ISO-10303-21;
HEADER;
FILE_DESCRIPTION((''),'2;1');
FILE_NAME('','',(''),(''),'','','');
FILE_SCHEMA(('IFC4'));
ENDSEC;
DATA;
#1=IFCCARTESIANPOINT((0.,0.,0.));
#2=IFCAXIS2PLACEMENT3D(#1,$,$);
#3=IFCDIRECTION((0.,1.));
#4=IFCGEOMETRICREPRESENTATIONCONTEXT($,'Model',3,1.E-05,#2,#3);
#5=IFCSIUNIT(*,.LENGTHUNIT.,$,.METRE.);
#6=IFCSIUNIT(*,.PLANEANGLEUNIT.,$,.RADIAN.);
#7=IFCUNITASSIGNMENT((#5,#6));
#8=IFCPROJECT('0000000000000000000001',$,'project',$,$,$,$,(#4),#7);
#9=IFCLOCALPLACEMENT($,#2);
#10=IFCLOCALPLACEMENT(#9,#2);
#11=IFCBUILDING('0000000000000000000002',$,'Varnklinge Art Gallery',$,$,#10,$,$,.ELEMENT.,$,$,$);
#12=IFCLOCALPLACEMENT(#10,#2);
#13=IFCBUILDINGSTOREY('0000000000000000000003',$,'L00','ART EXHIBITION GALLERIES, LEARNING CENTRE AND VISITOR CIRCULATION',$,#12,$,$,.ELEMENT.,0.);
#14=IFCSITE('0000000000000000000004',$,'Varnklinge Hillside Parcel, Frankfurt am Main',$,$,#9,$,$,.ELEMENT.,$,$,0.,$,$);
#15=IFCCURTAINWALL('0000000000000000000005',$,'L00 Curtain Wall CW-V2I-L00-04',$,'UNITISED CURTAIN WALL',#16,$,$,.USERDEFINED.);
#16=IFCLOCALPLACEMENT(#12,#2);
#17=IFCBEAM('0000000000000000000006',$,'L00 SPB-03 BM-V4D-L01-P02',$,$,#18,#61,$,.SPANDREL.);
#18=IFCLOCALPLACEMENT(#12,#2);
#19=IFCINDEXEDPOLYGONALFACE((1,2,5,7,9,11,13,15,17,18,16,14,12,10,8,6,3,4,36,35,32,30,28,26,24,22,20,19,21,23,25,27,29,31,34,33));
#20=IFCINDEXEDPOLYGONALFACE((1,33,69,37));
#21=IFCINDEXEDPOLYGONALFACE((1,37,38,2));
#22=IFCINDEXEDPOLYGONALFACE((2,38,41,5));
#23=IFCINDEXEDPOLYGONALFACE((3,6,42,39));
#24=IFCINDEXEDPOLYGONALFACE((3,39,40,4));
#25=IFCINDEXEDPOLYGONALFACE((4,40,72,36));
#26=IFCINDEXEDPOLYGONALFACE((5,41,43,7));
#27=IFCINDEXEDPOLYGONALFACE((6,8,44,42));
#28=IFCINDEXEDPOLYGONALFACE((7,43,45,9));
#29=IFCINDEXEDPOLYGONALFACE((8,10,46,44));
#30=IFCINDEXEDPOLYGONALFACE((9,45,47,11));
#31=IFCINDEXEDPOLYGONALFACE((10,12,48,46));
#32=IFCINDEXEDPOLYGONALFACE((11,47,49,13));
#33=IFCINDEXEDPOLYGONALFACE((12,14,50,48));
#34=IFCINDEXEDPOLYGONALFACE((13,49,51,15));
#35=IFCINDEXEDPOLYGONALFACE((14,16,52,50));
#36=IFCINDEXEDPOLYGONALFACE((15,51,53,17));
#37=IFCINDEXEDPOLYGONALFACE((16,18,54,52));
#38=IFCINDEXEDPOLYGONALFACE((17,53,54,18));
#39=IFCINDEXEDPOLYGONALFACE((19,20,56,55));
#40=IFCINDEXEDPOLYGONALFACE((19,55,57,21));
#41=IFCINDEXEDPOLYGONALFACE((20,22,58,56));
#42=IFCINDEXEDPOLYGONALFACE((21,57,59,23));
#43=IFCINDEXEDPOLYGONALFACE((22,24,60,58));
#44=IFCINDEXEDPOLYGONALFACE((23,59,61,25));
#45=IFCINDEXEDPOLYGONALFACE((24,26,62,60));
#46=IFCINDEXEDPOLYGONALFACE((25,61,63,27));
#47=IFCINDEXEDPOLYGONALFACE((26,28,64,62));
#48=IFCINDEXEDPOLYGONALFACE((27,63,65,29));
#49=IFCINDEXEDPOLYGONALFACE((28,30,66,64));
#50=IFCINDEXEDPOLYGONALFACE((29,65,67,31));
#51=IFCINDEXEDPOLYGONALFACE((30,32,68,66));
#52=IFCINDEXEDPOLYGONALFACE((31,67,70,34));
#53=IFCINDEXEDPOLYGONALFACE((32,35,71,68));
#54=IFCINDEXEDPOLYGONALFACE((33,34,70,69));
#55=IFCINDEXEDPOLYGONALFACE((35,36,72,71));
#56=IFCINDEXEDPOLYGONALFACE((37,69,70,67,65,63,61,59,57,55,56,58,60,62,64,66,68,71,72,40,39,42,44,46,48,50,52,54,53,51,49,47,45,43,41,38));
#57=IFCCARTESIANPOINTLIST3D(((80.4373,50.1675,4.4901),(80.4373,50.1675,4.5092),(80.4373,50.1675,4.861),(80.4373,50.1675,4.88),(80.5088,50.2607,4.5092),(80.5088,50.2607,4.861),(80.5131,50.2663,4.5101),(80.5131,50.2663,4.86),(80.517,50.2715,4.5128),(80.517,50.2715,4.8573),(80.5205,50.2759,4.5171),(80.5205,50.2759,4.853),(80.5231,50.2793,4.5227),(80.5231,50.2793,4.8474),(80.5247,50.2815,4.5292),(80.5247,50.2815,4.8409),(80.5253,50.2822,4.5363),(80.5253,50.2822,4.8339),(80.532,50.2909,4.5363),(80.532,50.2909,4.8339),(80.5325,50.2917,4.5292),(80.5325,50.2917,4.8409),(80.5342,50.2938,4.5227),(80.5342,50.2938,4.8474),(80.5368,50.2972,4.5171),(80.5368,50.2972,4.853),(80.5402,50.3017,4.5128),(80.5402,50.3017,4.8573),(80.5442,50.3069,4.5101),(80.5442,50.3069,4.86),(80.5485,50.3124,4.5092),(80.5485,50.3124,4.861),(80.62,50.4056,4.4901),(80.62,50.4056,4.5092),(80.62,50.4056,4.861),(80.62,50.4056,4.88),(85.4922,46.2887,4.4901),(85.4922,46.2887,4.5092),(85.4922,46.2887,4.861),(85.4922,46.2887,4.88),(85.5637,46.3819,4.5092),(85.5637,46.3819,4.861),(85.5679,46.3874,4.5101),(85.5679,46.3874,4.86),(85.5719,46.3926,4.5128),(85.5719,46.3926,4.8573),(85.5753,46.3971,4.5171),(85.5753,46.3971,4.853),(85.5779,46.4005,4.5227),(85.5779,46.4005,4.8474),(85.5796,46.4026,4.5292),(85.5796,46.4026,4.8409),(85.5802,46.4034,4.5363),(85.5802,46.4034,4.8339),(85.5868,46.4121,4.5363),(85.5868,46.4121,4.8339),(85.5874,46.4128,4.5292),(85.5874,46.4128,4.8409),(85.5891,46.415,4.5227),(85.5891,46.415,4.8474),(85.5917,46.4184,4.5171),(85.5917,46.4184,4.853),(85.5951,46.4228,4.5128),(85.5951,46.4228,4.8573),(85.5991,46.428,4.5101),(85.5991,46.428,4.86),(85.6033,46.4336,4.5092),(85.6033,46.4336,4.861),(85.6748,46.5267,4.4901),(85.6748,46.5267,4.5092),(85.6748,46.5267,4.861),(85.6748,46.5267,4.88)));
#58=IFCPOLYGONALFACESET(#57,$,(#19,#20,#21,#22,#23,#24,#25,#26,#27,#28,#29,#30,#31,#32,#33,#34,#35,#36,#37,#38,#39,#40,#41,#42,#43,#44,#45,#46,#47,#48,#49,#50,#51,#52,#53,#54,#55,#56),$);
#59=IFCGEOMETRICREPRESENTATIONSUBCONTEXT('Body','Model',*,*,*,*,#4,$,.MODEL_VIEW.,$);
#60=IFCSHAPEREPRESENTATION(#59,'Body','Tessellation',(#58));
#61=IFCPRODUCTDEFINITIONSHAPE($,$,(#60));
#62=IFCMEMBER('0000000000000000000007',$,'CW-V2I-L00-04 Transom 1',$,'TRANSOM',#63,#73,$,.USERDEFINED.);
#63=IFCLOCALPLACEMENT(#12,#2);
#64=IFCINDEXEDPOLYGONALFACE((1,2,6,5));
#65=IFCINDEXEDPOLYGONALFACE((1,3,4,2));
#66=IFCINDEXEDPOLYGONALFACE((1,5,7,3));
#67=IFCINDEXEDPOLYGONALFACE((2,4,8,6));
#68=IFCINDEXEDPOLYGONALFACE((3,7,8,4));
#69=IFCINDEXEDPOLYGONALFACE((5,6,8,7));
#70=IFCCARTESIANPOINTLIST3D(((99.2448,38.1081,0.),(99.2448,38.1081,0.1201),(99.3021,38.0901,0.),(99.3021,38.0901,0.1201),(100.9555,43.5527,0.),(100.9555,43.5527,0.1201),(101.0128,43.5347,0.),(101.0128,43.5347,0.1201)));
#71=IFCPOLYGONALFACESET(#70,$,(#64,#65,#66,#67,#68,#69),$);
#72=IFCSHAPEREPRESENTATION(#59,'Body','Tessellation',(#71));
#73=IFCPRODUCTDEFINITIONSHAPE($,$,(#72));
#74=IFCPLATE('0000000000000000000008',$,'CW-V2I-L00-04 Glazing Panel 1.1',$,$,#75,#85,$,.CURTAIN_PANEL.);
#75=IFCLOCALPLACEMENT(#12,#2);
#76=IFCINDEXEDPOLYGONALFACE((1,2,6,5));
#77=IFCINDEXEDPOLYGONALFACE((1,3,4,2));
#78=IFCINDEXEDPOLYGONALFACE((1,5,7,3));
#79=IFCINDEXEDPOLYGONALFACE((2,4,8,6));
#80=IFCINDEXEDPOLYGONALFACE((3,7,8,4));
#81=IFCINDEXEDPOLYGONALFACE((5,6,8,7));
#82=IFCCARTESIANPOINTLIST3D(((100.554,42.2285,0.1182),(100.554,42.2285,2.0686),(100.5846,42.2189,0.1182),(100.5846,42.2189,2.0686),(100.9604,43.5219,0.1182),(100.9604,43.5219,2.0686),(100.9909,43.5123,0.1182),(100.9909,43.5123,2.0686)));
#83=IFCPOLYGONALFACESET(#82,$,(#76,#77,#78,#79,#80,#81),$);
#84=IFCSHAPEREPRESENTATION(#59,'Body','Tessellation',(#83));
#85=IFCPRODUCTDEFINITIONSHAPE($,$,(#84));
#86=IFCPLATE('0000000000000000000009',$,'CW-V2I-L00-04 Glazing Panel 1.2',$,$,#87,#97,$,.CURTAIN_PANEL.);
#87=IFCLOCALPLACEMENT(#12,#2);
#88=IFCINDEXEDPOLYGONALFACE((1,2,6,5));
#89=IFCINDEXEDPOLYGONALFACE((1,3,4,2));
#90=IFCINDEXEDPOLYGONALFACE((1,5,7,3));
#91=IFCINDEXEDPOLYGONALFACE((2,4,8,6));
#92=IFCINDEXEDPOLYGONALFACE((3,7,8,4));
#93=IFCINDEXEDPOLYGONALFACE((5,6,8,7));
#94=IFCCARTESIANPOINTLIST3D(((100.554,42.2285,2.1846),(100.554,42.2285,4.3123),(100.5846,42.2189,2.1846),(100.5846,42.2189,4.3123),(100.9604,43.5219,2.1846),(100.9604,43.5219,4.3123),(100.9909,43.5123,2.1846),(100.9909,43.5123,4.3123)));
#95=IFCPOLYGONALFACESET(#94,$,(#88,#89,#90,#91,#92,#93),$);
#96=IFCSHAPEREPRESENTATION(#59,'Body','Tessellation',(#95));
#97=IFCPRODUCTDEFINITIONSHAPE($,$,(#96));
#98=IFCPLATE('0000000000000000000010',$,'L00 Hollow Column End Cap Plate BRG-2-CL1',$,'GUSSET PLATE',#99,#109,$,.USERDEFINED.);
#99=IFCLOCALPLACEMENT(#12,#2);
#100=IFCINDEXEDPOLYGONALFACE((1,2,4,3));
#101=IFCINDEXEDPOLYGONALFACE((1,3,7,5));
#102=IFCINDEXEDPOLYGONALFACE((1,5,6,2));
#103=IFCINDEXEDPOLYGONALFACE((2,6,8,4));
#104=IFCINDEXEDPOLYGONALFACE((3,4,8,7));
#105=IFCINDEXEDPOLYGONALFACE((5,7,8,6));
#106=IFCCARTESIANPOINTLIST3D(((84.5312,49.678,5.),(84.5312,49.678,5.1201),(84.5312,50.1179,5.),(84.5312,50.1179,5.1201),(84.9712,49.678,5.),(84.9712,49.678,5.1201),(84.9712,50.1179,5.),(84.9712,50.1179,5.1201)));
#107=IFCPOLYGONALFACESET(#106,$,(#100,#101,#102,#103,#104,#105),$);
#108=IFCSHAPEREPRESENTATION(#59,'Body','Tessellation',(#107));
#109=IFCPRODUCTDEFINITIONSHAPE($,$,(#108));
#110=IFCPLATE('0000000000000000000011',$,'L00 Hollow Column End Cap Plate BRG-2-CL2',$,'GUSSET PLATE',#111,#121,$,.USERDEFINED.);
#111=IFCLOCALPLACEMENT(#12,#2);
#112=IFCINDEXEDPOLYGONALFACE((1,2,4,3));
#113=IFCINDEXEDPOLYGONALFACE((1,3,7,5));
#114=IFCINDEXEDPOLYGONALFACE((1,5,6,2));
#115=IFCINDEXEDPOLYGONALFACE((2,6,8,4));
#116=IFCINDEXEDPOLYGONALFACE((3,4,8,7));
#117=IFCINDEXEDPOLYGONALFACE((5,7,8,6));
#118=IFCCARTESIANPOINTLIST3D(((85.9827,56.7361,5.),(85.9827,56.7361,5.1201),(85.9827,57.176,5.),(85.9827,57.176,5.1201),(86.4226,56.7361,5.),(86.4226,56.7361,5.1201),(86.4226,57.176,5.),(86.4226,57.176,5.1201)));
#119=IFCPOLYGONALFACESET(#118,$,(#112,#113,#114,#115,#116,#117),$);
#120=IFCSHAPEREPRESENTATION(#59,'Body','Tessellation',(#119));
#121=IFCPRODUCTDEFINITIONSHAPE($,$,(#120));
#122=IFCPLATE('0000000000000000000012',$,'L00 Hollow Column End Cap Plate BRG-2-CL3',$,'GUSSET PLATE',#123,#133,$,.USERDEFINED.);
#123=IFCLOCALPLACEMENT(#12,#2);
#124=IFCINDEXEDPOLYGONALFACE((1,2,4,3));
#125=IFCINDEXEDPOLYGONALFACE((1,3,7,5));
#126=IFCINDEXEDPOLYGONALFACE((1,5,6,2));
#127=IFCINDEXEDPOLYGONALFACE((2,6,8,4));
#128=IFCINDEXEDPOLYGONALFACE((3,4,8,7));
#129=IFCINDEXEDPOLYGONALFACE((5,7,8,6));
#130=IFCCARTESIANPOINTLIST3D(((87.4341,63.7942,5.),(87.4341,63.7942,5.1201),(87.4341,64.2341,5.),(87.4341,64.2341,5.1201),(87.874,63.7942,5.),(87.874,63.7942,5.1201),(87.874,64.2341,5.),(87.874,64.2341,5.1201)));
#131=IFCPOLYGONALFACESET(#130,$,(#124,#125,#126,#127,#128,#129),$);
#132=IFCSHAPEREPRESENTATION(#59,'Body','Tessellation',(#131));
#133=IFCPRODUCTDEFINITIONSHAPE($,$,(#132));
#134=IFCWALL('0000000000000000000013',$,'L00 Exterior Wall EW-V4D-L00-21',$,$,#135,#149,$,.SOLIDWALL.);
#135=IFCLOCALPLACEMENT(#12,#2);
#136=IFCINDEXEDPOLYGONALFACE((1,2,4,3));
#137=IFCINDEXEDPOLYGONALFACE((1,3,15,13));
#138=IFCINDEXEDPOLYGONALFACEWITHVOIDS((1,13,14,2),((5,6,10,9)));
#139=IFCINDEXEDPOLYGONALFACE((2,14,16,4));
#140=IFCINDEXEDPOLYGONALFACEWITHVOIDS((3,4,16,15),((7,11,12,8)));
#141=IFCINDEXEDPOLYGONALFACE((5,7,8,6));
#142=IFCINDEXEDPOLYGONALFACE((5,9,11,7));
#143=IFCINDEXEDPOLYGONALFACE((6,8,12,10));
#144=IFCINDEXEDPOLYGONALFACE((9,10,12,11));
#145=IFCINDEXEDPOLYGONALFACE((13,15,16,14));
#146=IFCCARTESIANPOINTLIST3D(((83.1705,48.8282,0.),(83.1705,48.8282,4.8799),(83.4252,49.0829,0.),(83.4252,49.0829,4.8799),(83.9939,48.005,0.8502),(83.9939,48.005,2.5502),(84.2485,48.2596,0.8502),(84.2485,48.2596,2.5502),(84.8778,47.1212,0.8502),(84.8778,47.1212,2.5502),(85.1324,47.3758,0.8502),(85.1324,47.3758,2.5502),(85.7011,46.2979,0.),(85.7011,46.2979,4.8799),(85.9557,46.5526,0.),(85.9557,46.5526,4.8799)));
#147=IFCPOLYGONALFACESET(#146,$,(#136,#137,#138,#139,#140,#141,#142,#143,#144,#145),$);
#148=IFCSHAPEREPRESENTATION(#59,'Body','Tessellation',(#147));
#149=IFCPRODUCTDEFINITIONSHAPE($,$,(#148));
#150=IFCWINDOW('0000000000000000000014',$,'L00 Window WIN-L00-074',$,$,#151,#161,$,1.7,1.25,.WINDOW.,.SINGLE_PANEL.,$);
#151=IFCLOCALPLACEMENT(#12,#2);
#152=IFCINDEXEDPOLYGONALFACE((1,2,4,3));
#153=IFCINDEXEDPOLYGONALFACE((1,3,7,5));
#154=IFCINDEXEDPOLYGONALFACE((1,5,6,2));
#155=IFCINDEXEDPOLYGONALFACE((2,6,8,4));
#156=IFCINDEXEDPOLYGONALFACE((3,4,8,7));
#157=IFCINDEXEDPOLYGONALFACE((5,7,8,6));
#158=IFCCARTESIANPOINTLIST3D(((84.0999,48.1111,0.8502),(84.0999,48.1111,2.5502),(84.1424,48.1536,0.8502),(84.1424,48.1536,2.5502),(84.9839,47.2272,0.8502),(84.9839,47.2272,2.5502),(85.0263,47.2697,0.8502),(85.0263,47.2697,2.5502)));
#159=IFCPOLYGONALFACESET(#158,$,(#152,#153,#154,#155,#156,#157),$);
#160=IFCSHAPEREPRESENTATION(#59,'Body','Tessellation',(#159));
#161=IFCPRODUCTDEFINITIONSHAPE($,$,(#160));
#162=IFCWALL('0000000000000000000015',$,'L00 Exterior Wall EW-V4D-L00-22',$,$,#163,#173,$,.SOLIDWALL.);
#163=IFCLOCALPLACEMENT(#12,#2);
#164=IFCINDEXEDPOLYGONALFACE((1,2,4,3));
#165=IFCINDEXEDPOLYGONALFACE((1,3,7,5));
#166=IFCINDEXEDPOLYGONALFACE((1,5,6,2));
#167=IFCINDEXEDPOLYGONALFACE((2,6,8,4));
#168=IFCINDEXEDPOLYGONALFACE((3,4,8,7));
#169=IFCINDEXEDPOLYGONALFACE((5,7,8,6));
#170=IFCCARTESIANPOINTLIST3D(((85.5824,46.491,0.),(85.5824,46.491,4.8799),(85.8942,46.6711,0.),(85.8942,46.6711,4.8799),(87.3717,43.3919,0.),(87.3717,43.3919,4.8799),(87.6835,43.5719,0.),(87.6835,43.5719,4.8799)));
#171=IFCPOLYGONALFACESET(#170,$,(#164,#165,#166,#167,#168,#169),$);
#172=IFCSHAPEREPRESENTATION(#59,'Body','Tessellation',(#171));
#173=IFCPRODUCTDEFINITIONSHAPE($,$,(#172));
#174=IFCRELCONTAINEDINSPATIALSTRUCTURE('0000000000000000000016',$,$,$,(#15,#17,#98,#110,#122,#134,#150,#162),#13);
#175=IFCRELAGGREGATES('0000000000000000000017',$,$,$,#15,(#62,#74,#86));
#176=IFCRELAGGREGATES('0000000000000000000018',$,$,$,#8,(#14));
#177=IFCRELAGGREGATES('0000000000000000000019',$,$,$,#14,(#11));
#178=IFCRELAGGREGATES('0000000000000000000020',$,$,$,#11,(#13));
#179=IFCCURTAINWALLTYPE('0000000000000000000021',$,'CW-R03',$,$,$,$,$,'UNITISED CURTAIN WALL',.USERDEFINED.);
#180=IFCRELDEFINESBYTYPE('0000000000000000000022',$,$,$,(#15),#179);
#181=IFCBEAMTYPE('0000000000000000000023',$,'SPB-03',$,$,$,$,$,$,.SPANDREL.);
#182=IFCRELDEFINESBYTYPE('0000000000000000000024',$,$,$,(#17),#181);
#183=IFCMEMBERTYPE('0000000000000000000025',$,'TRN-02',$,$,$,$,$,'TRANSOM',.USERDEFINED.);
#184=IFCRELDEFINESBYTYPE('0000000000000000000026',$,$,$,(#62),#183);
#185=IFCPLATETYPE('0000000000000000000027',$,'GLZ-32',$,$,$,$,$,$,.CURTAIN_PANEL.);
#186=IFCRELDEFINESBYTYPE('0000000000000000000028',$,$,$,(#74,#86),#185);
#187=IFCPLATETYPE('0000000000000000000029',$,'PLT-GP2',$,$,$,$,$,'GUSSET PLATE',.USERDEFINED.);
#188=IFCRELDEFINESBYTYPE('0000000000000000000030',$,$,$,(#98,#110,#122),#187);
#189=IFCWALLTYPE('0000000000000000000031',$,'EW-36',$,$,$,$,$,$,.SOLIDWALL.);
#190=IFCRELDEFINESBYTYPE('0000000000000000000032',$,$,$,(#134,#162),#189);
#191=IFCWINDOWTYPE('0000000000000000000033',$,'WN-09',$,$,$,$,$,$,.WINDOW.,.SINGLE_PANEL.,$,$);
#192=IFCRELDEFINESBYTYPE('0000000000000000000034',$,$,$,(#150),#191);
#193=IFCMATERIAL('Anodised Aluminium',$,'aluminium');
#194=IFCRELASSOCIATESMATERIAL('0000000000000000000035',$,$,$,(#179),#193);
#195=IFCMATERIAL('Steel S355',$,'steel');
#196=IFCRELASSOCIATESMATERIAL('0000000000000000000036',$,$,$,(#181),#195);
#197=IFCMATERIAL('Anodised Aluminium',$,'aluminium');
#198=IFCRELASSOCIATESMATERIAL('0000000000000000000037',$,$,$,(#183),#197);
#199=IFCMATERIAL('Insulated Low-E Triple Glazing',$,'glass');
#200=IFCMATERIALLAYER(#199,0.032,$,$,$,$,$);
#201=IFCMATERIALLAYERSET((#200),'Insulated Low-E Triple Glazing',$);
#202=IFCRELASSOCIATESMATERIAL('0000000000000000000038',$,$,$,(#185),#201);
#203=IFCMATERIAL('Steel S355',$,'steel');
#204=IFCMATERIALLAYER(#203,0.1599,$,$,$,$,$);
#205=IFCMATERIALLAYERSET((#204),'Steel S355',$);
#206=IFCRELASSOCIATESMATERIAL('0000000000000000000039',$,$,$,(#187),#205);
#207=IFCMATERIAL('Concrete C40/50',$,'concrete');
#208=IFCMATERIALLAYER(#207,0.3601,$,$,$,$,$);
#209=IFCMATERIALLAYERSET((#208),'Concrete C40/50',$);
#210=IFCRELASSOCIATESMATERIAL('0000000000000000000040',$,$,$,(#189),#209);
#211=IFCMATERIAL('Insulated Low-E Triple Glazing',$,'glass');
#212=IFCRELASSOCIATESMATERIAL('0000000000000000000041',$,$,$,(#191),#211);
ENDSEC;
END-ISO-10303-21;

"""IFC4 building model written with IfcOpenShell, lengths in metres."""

from ifc_helpers import new_model, si_unit, direction, frame, frame_2d, origin, origin_2d, place, context, subcontext, project, spatial, rectangle, i_section, extrude, material, layer, layer_set, material_profile, profile_set, type_object, element, fill, aggregate, save


model = new_model("IFC4")

# Units and contexts
model_context = context("Model", 3, precision=1e-05, world=origin(), true_north=direction((0.0, 1.0)))
body_context = subcontext(model_context, "Body", "Model", "MODEL_VIEW")
ifc_project = project(units=[si_unit("LENGTHUNIT", "METRE"), si_unit("PLANEANGLEUNIT", "RADIAN")], contexts=[model_context])

# Site, building, storey
site_placement = place(None, origin())
site = spatial("IfcSite", under=ifc_project, at=site_placement, Name="Varnklinge Hillside Parcel, Frankfurt am Main", CompositionType="ELEMENT", RefElevation=0.0)
building_placement = place(site_placement, origin())
building = spatial("IfcBuilding", under=site, at=building_placement, Name="Varnklinge Art Gallery", CompositionType="ELEMENT")
storey_placement = place(building_placement, origin())
storey = spatial("IfcBuildingStorey", under=building, at=storey_placement, Name="L00", Description="ART EXHIBITION GALLERIES, LEARNING CENTRE AND VISITOR CIRCULATION", CompositionType="ELEMENT", Elevation=0.0)

# Curtain wall
ifc_material_1 = material(Name="Anodised Aluminium", Category="aluminium")
curtain_wall_type = type_object("IfcCurtainWallType", Name="CW-R03", ElementType="UNITISED CURTAIN WALL", PredefinedType="USERDEFINED", material=ifc_material_1)
curtain_wall_placement = place(storey_placement, origin())
curtain_wall = element("IfcCurtainWall", 1, at=curtain_wall_placement, inside=storey, type_object=curtain_wall_type, Name="L00 Curtain Wall CW-V2I-L00-04", ObjectType="UNITISED CURTAIN WALL", PredefinedType="USERDEFINED")

# Beam
ifc_material_2 = material(Name="Steel S355", Category="steel")
ifc_material_profile_1 = material_profile(ifc_material_2, i_section(OverallWidth=0.3, OverallDepth=0.3899, WebThickness=0.011, FlangeThickness=0.019, FilletRadius=0.0271, at=origin_2d()), Name="HEA 400")
ifc_profile_set_1 = profile_set([ifc_material_profile_1], Name="Steel S355")
beam_type_1 = type_object("IfcBeamType", Name="SPB-03", PredefinedType="SPANDREL", material=ifc_profile_set_1)
beam_1_placement = place(storey_placement, frame((85.5835, 46.4077, 4.6851), z_axis=(-0.793344, 0.608773, 0.0), x_axis=(-0.608773, -0.793344, 0.0)))
element("IfcBeam", 2, at=beam_1_placement, inside=storey, type_object=beam_type_1, Name="L00 SPB-03 BM-V4D-L01-P02", PredefinedType="SPANDREL", context=body_context, shape_type="SweptSolid", body=[
    extrude(i_section(OverallWidth=0.3, OverallDepth=0.3899, WebThickness=0.011, FlangeThickness=0.019, FilletRadius=0.0271, at=origin_2d()), origin(), (0.0, 0.0, 1.0), 6.3716),
])

# Member
ifc_material_3 = material(Name="Anodised Aluminium", Category="aluminium")
ifc_material_profile_2 = material_profile(ifc_material_3, rectangle(XDim=0.0601, YDim=0.1201, at=origin_2d()), Name="ALU 60x120")
ifc_profile_set_2 = profile_set([ifc_material_profile_2], Name="Anodised Aluminium")
member_type_1 = type_object("IfcMemberType", Name="TRN-02", ElementType="TRANSOM", PredefinedType="USERDEFINED", material=ifc_profile_set_2)
member_1_placement = place(storey_placement, frame((100.9841, 43.5437, 0.0601), z_axis=(-0.299753, -0.954017, 0.0), x_axis=(0.954017, -0.299753, 0.0)))
member_1 = element("IfcMember", 3, at=member_1_placement, type_object=member_type_1, Name="CW-V2I-L00-04 Transom 1", ObjectType="TRANSOM", PredefinedType="USERDEFINED", context=body_context, shape_type="SweptSolid", body=[
    extrude(rectangle(XDim=0.0601, YDim=0.1201, at=origin_2d()), origin(), (0.0, 0.0, 1.0), 5.707),
])

# Plates
ifc_material_4 = material(Name="Insulated Low-E Triple Glazing", Category="glass")
ifc_layer_1 = layer(ifc_material_4, 0.032)
ifc_layer_set_1 = layer_set([ifc_layer_1], Name="Insulated Low-E Triple Glazing")
plate_type_1 = type_object("IfcPlateType", Name="GLZ-32", PredefinedType="CURTAIN_PANEL", material=ifc_layer_set_1)
plate_1_placement = place(storey_placement, frame((100.7725, 42.8704, 0.1182), z_axis=(0.0, 0.0, 1.0), x_axis=(-0.299707, -0.954031, 0.0)))
plate_1 = element("IfcPlate", 4, at=plate_1_placement, type_object=plate_type_1, Name="CW-V2I-L00-04 Glazing Panel 1.1", PredefinedType="CURTAIN_PANEL", context=body_context, shape_type="SweptSolid", body=[
    extrude(rectangle(XDim=1.3557, YDim=0.032, at=origin_2d()), origin(), (0.0, 0.0, 1.0), 1.9504),
])
plate_2_placement = place(storey_placement, frame((100.7725, 42.8704, 2.1846), z_axis=(0.0, 0.0, 1.0), x_axis=(-0.299707, -0.954031, 0.0)))
plate_2 = element("IfcPlate", 5, at=plate_2_placement, type_object=plate_type_1, Name="CW-V2I-L00-04 Glazing Panel 1.2", PredefinedType="CURTAIN_PANEL", context=body_context, shape_type="SweptSolid", body=[
    extrude(rectangle(XDim=1.3557, YDim=0.032, at=origin_2d()), origin(), (0.0, 0.0, 1.0), 2.1277),
])
aggregate(curtain_wall, [member_1, plate_1, plate_2])

# Plates
ifc_material_5 = material(Name="Steel S355", Category="steel")
ifc_layer_2 = layer(ifc_material_5, 0.1599)
ifc_layer_set_2 = layer_set([ifc_layer_2], Name="Steel S355")
plate_type_2 = type_object("IfcPlateType", Name="PLT-GP2", ElementType="GUSSET PLATE", PredefinedType="USERDEFINED", material=ifc_layer_set_2)
for number, where, z_axis, x_axis, name in (
    (6, (84.7512, 49.8979, 5.0), (0.0, 0.0, 1.0), (1.0, 0.0, 0.0), "L00 Hollow Column End Cap Plate BRG-2-CL1"),
    (7, (86.2026, 56.9561, 5.0), (0.0, 0.0, 1.0), (1.0, 0.0, 0.0), "L00 Hollow Column End Cap Plate BRG-2-CL2"),
    (8, (87.6541, 64.0142, 5.0), (0.0, 0.0, 1.0), (1.0, 0.0, 0.0), "L00 Hollow Column End Cap Plate BRG-2-CL3"),
):
    element("IfcPlate", number, at=place(storey_placement, frame(where, z_axis=z_axis, x_axis=x_axis)), inside=storey, type_object=plate_type_2, Name=name, ObjectType="GUSSET PLATE", PredefinedType="USERDEFINED", context=body_context, shape_type="SweptSolid", body=[
        extrude(rectangle(XDim=0.4399, YDim=0.4399, at=origin_2d()), origin(), (0.0, 0.0, 1.0), 0.1201),
    ])

# Wall, opening, window
ifc_material_6 = material(Name="Concrete C40/50", Category="concrete")
ifc_layer_3 = layer(ifc_material_6, 0.3601)
ifc_layer_set_3 = layer_set([ifc_layer_3], Name="Concrete C40/50")
wall_type = type_object("IfcWallType", Name="EW-36", PredefinedType="SOLIDWALL", material=ifc_layer_set_3)
wall_1_placement = place(storey_placement, frame((83.2979, 48.9556, 0.0), z_axis=(0.0, 0.0, 1.0), x_axis=(0.707141, -0.707073, 0.0)))
wall_1 = element("IfcWall", 9, at=wall_1_placement, inside=storey, type_object=wall_type, Name="L00 Exterior Wall EW-V4D-L00-21", PredefinedType="SOLIDWALL", context=body_context, shape_type="SweptSolid", body=[
    extrude(rectangle(XDim=3.5786, YDim=0.3601, at=frame_2d((1.7893, 0.0))), origin(), (0.0, 0.0, 1.0), 4.8799),
])
opening_1_placement = place(wall_1_placement, frame((1.1643, 0.0, 0.8501)))
opening_1 = element("IfcOpeningElement", 10, at=opening_1_placement, cuts=wall_1, PredefinedType="OPENING", context=body_context, shape_type="SweptSolid", body=[
    extrude(rectangle(XDim=1.25, YDim=1.7, at=frame_2d((0.625, 0.8501))), frame((0.0, 0.1902, 0.0), z_axis=(0.0, -1.0, 0.0), x_axis=(1.0, 0.0, 0.0)), (0.0, 0.0, 1.0), 0.3801),
])
ifc_material_7 = material(Name="Insulated Low-E Triple Glazing", Category="glass")
window_type = type_object("IfcWindowType", Name="WN-09", PartitioningType="SINGLE_PANEL", PredefinedType="WINDOW", material=ifc_material_7)
window_1_placement = place(opening_1_placement, origin())
window_1 = element("IfcWindow", 11, at=window_1_placement, inside=storey, type_object=window_type, Name="L00 Window WIN-L00-074", OverallHeight=1.7, OverallWidth=1.25, PartitioningType="SINGLE_PANEL", PredefinedType="WINDOW", context=body_context, shape_type="SweptSolid", body=[
    extrude(rectangle(XDim=1.25, YDim=1.7, at=frame_2d((0.625, 0.8501))), frame((0.0, 0.03, 0.0), z_axis=(0.0, -1.0, 0.0), x_axis=(1.0, 0.0, 0.0)), (0.0, 0.0, 1.0), 0.0601),
])
fill(opening_1, window_1)

# Wall
wall_2_placement = place(storey_placement, frame((85.7383, 46.5811, 0.0), z_axis=(0.0, 0.0, 1.0), x_axis=(0.500006, -0.866022, 0.0)))
element("IfcWall", 12, at=wall_2_placement, inside=storey, type_object=wall_type, Name="L00 Exterior Wall EW-V4D-L00-22", PredefinedType="SOLIDWALL", context=body_context, shape_type="SweptSolid", body=[
    extrude(rectangle(XDim=3.5786, YDim=0.3601, at=frame_2d((1.7893, 0.0))), origin(), (0.0, 0.0, 1.0), 4.8799),
])

save(model, "model.ifc")
